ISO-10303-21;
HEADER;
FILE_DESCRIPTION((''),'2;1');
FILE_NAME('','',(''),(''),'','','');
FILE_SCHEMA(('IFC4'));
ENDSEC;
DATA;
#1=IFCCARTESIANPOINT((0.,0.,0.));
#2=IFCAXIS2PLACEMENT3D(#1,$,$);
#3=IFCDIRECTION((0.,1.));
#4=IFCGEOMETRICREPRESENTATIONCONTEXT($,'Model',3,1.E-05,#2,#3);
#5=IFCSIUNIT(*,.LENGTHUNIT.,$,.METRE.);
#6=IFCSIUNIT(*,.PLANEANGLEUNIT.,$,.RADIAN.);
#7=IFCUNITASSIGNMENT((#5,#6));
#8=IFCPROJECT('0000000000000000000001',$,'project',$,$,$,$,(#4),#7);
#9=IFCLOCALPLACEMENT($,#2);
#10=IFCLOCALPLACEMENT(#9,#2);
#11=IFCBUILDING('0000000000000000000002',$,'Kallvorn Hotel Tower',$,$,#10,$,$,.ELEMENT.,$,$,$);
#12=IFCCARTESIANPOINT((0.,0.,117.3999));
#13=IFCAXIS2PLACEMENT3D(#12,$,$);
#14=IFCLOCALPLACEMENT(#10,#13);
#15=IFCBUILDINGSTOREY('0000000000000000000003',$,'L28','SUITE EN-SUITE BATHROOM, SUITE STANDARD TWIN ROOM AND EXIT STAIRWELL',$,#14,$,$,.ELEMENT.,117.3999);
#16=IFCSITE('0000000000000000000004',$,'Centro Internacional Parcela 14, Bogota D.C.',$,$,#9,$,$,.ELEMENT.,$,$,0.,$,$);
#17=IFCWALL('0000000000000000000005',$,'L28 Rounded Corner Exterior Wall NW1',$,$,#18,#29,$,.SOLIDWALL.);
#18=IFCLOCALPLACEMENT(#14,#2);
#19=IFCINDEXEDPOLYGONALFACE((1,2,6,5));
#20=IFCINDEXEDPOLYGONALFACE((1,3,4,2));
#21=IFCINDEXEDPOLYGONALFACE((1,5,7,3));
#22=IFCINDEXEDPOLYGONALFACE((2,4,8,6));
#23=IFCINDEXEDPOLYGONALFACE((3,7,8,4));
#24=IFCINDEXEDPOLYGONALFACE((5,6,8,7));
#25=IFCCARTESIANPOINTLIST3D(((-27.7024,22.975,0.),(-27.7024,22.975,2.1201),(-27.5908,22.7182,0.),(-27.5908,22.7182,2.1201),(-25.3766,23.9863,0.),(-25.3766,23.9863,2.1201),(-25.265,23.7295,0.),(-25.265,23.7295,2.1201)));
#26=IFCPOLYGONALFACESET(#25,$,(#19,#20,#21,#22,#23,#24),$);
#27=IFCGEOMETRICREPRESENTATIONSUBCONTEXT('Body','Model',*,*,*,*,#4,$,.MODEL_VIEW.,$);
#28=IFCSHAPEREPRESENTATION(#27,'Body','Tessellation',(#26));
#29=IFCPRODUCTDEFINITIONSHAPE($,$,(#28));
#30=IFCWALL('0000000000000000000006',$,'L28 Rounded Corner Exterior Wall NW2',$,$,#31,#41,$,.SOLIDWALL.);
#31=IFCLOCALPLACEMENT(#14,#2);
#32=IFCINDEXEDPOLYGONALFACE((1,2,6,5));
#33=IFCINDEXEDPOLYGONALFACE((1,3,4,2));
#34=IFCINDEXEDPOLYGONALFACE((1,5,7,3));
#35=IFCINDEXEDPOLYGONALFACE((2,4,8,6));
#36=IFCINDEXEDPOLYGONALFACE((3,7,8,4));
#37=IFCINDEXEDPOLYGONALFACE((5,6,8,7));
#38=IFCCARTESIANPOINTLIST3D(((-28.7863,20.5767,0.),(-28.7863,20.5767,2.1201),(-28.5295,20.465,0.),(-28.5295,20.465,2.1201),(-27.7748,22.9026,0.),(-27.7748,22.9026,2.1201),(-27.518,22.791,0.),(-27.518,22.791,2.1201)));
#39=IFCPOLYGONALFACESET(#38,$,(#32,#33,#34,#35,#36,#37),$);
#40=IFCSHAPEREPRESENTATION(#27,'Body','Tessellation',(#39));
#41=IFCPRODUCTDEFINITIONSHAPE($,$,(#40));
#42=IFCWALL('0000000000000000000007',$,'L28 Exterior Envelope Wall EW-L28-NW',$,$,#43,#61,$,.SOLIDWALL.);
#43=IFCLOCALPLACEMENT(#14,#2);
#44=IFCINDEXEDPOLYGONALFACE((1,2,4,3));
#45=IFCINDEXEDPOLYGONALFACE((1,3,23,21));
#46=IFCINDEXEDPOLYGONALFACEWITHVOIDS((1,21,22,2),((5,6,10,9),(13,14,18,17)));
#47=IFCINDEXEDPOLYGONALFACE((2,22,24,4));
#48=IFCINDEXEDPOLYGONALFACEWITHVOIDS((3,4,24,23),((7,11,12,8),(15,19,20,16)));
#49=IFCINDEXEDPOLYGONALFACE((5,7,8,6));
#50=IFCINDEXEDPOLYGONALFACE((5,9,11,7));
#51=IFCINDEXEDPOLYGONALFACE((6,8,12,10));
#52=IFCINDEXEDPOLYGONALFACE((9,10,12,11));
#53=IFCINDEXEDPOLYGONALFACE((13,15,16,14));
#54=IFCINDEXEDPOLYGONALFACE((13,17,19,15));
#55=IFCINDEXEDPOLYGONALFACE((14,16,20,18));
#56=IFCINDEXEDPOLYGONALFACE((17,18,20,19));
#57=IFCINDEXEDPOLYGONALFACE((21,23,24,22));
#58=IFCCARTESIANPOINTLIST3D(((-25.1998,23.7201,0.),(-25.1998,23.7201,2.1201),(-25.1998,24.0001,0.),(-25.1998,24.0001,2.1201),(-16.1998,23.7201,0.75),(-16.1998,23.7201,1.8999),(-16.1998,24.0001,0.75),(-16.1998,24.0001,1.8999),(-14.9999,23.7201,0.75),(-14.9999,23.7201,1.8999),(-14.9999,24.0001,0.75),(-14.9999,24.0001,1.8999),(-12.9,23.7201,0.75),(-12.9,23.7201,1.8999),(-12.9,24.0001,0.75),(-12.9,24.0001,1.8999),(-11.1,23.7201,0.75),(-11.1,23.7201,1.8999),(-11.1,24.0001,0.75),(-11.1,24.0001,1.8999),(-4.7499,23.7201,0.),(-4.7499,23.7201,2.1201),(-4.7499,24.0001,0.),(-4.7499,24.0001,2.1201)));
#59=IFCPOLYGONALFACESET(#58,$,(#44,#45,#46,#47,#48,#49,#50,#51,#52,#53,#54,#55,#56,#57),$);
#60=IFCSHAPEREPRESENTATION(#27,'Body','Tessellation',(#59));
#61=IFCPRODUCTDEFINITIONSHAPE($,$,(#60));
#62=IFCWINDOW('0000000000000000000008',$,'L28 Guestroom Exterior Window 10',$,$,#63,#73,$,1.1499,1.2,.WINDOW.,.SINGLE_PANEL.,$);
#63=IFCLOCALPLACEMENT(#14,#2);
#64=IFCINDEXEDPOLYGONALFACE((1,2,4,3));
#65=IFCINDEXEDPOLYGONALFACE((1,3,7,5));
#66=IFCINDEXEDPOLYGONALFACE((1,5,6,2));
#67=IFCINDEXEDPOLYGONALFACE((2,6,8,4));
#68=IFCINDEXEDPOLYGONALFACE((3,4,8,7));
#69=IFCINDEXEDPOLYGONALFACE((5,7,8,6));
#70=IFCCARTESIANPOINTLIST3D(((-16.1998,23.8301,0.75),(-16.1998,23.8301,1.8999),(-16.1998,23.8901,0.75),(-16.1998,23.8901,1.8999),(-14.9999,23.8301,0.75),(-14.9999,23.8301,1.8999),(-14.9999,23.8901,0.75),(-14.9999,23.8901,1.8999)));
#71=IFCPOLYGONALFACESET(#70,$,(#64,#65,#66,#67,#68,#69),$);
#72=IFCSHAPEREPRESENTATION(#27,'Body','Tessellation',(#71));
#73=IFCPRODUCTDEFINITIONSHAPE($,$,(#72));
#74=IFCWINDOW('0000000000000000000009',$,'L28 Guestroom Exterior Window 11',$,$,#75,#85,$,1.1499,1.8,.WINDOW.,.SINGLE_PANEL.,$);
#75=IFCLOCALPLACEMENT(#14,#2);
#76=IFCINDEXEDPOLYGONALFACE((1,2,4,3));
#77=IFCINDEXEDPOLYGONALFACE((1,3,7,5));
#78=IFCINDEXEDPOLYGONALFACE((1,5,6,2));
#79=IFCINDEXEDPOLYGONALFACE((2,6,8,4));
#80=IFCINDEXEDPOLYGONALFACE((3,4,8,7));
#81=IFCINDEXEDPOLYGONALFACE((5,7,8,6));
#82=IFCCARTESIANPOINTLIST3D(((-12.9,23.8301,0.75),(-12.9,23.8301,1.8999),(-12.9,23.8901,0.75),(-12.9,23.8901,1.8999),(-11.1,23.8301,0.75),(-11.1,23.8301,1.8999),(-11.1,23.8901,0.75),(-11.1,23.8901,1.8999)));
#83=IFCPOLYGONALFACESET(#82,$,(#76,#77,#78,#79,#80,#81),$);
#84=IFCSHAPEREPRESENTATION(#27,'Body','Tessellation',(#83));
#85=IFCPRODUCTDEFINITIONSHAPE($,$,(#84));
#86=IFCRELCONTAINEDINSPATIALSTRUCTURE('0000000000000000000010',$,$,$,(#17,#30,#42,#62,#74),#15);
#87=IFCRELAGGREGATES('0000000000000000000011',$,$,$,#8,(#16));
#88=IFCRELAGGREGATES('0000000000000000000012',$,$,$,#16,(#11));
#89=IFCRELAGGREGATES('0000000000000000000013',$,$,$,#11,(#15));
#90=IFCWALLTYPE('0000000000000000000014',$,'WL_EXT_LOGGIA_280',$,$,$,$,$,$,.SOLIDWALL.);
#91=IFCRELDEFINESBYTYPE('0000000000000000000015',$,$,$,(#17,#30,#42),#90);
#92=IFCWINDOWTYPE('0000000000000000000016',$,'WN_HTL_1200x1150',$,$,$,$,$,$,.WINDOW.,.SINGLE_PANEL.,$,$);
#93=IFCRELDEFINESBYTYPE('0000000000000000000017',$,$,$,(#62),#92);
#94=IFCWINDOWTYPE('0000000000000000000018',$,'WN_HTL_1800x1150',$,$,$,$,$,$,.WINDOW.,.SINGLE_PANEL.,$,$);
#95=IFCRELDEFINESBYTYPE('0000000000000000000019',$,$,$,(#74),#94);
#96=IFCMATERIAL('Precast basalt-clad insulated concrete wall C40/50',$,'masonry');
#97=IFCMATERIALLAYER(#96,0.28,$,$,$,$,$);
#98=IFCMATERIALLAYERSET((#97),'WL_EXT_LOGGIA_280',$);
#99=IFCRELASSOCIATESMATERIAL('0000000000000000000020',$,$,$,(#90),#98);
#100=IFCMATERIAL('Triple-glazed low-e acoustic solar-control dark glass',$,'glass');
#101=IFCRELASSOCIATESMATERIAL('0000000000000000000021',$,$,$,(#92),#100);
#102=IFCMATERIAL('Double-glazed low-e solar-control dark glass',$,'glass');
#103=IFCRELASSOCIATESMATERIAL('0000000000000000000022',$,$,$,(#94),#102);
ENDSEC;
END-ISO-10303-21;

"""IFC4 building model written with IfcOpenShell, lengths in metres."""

from ifc_helpers import new_model, si_unit, direction, frame, frame_2d, origin, place, context, subcontext, project, spatial, rectangle, extrude, material, layer, layer_set, type_object, element, fill, save


model = new_model("IFC4")

# Units and contexts
model_context = context("Model", 3, precision=1e-05, world=origin(), true_north=direction((0.0, 1.0)))
body_context = subcontext(model_context, "Body", "Model", "MODEL_VIEW")
ifc_project = project(units=[si_unit("LENGTHUNIT", "METRE"), si_unit("PLANEANGLEUNIT", "RADIAN")], contexts=[model_context])

# Site, building, storey
site_placement = place(None, origin())
site = spatial("IfcSite", under=ifc_project, at=site_placement, Name="Centro Internacional Parcela 14, Bogota D.C.", CompositionType="ELEMENT", RefElevation=0.0)
building_placement = place(site_placement, origin())
building = spatial("IfcBuilding", under=site, at=building_placement, Name="Kallvorn Hotel Tower", CompositionType="ELEMENT")
storey_placement = place(building_placement, frame((0.0, 0.0, 117.3999)))
storey = spatial("IfcBuildingStorey", under=building, at=storey_placement, Name="L28", Description="SUITE EN-SUITE BATHROOM, SUITE STANDARD TWIN ROOM AND EXIT STAIRWELL", CompositionType="ELEMENT", Elevation=117.3999)

# Walls
ifc_material_1 = material(Name="Precast basalt-clad insulated concrete wall C40/50", Category="masonry")
ifc_layer_1 = layer(ifc_material_1, 0.28)
ifc_layer_set_1 = layer_set([ifc_layer_1], Name="WL_EXT_LOGGIA_280")
wall_type = type_object("IfcWallType", Name="WL_EXT_LOGGIA_280", PredefinedType="SOLIDWALL", material=ifc_layer_set_1)
wall_1_placement = place(storey_placement, frame((-25.3208, 23.8579, 0.0), z_axis=(0.0, 0.0, 1.0), x_axis=(-0.917061, -0.398747, 0.0)))
element("IfcWall", 1, at=wall_1_placement, inside=storey, type_object=wall_type, Name="L28 Rounded Corner Exterior Wall NW1", PredefinedType="SOLIDWALL", context=body_context, shape_type="SweptSolid", body=[
    extrude(rectangle(XDim=2.5361, YDim=0.28, at=frame_2d((1.2681, 0.0))), origin(), (0.0, 0.0, 1.0), 2.1201),
])
wall_2_placement = place(storey_placement, frame((-27.6465, 22.8467, 0.0), z_axis=(0.0, 0.0, 1.0), x_axis=(-0.398793, -0.917041, 0.0)))
element("IfcWall", 2, at=wall_2_placement, inside=storey, type_object=wall_type, Name="L28 Rounded Corner Exterior Wall NW2", PredefinedType="SOLIDWALL", context=body_context, shape_type="SweptSolid", body=[
    extrude(rectangle(XDim=2.5364, YDim=0.28, at=frame_2d((1.2681, 0.0))), origin(), (0.0, 0.0, 1.0), 2.1201),
])

# Wall, openings, windows
wall_3_placement = place(storey_placement, frame((-25.2, 23.8601, 0.0), z_axis=(0.0, 0.0, 1.0), x_axis=(1.0, 0.0, 0.0)))
wall_3 = element("IfcWall", 3, at=wall_3_placement, inside=storey, type_object=wall_type, Name="L28 Exterior Envelope Wall EW-L28-NW", PredefinedType="SOLIDWALL", context=body_context, shape_type="SweptSolid", body=[
    extrude(rectangle(XDim=20.45, YDim=0.28, at=frame_2d((10.2251, 0.0))), origin(), (0.0, 0.0, 1.0), 2.1201),
])
opening_1_placement = place(wall_3_placement, frame((9.0, 0.0, 0.75)))
opening_1 = element("IfcOpeningElement", 4, at=opening_1_placement, cuts=wall_3, PredefinedType="OPENING", context=body_context, shape_type="SweptSolid", body=[
    extrude(rectangle(XDim=1.2, YDim=1.1499, at=frame_2d((0.6001, 0.575))), frame((0.0, 0.155, 0.0), z_axis=(0.0, -1.0, 0.0), x_axis=(1.0, 0.0, 0.0)), (0.0, 0.0, 1.0), 0.3101),
])
opening_2_placement = place(wall_3_placement, frame((12.3, 0.0, 0.75)))
opening_2 = element("IfcOpeningElement", 5, at=opening_2_placement, cuts=wall_3, PredefinedType="OPENING", context=body_context, shape_type="SweptSolid", body=[
    extrude(rectangle(XDim=1.8, YDim=1.1499, at=frame_2d((0.8999, 0.575))), frame((0.0, 0.155, 0.0), z_axis=(0.0, -1.0, 0.0), x_axis=(1.0, 0.0, 0.0)), (0.0, 0.0, 1.0), 0.3101),
])
ifc_material_2 = material(Name="Triple-glazed low-e acoustic solar-control dark glass", Category="glass")
window_type_1 = type_object("IfcWindowType", Name="WN_HTL_1200x1150", PartitioningType="SINGLE_PANEL", PredefinedType="WINDOW", material=ifc_material_2)
window_1_placement = place(opening_1_placement, origin())
window_1 = element("IfcWindow", 6, at=window_1_placement, inside=storey, type_object=window_type_1, Name="L28 Guestroom Exterior Window 10", OverallHeight=1.1499, OverallWidth=1.2, PartitioningType="SINGLE_PANEL", PredefinedType="WINDOW", context=body_context, shape_type="SweptSolid", body=[
    extrude(rectangle(XDim=1.2, YDim=1.1499, at=frame_2d((0.6001, 0.575))), frame((0.0, 0.03, 0.0), z_axis=(0.0, -1.0, 0.0), x_axis=(1.0, 0.0, 0.0)), (0.0, 0.0, 1.0), 0.0601),
])
fill(opening_1, window_1)
ifc_material_3 = material(Name="Double-glazed low-e solar-control dark glass", Category="glass")
window_type_2 = type_object("IfcWindowType", Name="WN_HTL_1800x1150", PartitioningType="SINGLE_PANEL", PredefinedType="WINDOW", material=ifc_material_3)
window_2_placement = place(opening_2_placement, origin())
window_2 = element("IfcWindow", 7, at=window_2_placement, inside=storey, type_object=window_type_2, Name="L28 Guestroom Exterior Window 11", OverallHeight=1.1499, OverallWidth=1.8, PartitioningType="SINGLE_PANEL", PredefinedType="WINDOW", context=body_context, shape_type="SweptSolid", body=[
    extrude(rectangle(XDim=1.8, YDim=1.1499, at=frame_2d((0.8999, 0.575))), frame((0.0, 0.03, 0.0), z_axis=(0.0, -1.0, 0.0), x_axis=(1.0, 0.0, 0.0)), (0.0, 0.0, 1.0), 0.0601),
])
fill(opening_2, window_2)

save(model, "model.ifc")
